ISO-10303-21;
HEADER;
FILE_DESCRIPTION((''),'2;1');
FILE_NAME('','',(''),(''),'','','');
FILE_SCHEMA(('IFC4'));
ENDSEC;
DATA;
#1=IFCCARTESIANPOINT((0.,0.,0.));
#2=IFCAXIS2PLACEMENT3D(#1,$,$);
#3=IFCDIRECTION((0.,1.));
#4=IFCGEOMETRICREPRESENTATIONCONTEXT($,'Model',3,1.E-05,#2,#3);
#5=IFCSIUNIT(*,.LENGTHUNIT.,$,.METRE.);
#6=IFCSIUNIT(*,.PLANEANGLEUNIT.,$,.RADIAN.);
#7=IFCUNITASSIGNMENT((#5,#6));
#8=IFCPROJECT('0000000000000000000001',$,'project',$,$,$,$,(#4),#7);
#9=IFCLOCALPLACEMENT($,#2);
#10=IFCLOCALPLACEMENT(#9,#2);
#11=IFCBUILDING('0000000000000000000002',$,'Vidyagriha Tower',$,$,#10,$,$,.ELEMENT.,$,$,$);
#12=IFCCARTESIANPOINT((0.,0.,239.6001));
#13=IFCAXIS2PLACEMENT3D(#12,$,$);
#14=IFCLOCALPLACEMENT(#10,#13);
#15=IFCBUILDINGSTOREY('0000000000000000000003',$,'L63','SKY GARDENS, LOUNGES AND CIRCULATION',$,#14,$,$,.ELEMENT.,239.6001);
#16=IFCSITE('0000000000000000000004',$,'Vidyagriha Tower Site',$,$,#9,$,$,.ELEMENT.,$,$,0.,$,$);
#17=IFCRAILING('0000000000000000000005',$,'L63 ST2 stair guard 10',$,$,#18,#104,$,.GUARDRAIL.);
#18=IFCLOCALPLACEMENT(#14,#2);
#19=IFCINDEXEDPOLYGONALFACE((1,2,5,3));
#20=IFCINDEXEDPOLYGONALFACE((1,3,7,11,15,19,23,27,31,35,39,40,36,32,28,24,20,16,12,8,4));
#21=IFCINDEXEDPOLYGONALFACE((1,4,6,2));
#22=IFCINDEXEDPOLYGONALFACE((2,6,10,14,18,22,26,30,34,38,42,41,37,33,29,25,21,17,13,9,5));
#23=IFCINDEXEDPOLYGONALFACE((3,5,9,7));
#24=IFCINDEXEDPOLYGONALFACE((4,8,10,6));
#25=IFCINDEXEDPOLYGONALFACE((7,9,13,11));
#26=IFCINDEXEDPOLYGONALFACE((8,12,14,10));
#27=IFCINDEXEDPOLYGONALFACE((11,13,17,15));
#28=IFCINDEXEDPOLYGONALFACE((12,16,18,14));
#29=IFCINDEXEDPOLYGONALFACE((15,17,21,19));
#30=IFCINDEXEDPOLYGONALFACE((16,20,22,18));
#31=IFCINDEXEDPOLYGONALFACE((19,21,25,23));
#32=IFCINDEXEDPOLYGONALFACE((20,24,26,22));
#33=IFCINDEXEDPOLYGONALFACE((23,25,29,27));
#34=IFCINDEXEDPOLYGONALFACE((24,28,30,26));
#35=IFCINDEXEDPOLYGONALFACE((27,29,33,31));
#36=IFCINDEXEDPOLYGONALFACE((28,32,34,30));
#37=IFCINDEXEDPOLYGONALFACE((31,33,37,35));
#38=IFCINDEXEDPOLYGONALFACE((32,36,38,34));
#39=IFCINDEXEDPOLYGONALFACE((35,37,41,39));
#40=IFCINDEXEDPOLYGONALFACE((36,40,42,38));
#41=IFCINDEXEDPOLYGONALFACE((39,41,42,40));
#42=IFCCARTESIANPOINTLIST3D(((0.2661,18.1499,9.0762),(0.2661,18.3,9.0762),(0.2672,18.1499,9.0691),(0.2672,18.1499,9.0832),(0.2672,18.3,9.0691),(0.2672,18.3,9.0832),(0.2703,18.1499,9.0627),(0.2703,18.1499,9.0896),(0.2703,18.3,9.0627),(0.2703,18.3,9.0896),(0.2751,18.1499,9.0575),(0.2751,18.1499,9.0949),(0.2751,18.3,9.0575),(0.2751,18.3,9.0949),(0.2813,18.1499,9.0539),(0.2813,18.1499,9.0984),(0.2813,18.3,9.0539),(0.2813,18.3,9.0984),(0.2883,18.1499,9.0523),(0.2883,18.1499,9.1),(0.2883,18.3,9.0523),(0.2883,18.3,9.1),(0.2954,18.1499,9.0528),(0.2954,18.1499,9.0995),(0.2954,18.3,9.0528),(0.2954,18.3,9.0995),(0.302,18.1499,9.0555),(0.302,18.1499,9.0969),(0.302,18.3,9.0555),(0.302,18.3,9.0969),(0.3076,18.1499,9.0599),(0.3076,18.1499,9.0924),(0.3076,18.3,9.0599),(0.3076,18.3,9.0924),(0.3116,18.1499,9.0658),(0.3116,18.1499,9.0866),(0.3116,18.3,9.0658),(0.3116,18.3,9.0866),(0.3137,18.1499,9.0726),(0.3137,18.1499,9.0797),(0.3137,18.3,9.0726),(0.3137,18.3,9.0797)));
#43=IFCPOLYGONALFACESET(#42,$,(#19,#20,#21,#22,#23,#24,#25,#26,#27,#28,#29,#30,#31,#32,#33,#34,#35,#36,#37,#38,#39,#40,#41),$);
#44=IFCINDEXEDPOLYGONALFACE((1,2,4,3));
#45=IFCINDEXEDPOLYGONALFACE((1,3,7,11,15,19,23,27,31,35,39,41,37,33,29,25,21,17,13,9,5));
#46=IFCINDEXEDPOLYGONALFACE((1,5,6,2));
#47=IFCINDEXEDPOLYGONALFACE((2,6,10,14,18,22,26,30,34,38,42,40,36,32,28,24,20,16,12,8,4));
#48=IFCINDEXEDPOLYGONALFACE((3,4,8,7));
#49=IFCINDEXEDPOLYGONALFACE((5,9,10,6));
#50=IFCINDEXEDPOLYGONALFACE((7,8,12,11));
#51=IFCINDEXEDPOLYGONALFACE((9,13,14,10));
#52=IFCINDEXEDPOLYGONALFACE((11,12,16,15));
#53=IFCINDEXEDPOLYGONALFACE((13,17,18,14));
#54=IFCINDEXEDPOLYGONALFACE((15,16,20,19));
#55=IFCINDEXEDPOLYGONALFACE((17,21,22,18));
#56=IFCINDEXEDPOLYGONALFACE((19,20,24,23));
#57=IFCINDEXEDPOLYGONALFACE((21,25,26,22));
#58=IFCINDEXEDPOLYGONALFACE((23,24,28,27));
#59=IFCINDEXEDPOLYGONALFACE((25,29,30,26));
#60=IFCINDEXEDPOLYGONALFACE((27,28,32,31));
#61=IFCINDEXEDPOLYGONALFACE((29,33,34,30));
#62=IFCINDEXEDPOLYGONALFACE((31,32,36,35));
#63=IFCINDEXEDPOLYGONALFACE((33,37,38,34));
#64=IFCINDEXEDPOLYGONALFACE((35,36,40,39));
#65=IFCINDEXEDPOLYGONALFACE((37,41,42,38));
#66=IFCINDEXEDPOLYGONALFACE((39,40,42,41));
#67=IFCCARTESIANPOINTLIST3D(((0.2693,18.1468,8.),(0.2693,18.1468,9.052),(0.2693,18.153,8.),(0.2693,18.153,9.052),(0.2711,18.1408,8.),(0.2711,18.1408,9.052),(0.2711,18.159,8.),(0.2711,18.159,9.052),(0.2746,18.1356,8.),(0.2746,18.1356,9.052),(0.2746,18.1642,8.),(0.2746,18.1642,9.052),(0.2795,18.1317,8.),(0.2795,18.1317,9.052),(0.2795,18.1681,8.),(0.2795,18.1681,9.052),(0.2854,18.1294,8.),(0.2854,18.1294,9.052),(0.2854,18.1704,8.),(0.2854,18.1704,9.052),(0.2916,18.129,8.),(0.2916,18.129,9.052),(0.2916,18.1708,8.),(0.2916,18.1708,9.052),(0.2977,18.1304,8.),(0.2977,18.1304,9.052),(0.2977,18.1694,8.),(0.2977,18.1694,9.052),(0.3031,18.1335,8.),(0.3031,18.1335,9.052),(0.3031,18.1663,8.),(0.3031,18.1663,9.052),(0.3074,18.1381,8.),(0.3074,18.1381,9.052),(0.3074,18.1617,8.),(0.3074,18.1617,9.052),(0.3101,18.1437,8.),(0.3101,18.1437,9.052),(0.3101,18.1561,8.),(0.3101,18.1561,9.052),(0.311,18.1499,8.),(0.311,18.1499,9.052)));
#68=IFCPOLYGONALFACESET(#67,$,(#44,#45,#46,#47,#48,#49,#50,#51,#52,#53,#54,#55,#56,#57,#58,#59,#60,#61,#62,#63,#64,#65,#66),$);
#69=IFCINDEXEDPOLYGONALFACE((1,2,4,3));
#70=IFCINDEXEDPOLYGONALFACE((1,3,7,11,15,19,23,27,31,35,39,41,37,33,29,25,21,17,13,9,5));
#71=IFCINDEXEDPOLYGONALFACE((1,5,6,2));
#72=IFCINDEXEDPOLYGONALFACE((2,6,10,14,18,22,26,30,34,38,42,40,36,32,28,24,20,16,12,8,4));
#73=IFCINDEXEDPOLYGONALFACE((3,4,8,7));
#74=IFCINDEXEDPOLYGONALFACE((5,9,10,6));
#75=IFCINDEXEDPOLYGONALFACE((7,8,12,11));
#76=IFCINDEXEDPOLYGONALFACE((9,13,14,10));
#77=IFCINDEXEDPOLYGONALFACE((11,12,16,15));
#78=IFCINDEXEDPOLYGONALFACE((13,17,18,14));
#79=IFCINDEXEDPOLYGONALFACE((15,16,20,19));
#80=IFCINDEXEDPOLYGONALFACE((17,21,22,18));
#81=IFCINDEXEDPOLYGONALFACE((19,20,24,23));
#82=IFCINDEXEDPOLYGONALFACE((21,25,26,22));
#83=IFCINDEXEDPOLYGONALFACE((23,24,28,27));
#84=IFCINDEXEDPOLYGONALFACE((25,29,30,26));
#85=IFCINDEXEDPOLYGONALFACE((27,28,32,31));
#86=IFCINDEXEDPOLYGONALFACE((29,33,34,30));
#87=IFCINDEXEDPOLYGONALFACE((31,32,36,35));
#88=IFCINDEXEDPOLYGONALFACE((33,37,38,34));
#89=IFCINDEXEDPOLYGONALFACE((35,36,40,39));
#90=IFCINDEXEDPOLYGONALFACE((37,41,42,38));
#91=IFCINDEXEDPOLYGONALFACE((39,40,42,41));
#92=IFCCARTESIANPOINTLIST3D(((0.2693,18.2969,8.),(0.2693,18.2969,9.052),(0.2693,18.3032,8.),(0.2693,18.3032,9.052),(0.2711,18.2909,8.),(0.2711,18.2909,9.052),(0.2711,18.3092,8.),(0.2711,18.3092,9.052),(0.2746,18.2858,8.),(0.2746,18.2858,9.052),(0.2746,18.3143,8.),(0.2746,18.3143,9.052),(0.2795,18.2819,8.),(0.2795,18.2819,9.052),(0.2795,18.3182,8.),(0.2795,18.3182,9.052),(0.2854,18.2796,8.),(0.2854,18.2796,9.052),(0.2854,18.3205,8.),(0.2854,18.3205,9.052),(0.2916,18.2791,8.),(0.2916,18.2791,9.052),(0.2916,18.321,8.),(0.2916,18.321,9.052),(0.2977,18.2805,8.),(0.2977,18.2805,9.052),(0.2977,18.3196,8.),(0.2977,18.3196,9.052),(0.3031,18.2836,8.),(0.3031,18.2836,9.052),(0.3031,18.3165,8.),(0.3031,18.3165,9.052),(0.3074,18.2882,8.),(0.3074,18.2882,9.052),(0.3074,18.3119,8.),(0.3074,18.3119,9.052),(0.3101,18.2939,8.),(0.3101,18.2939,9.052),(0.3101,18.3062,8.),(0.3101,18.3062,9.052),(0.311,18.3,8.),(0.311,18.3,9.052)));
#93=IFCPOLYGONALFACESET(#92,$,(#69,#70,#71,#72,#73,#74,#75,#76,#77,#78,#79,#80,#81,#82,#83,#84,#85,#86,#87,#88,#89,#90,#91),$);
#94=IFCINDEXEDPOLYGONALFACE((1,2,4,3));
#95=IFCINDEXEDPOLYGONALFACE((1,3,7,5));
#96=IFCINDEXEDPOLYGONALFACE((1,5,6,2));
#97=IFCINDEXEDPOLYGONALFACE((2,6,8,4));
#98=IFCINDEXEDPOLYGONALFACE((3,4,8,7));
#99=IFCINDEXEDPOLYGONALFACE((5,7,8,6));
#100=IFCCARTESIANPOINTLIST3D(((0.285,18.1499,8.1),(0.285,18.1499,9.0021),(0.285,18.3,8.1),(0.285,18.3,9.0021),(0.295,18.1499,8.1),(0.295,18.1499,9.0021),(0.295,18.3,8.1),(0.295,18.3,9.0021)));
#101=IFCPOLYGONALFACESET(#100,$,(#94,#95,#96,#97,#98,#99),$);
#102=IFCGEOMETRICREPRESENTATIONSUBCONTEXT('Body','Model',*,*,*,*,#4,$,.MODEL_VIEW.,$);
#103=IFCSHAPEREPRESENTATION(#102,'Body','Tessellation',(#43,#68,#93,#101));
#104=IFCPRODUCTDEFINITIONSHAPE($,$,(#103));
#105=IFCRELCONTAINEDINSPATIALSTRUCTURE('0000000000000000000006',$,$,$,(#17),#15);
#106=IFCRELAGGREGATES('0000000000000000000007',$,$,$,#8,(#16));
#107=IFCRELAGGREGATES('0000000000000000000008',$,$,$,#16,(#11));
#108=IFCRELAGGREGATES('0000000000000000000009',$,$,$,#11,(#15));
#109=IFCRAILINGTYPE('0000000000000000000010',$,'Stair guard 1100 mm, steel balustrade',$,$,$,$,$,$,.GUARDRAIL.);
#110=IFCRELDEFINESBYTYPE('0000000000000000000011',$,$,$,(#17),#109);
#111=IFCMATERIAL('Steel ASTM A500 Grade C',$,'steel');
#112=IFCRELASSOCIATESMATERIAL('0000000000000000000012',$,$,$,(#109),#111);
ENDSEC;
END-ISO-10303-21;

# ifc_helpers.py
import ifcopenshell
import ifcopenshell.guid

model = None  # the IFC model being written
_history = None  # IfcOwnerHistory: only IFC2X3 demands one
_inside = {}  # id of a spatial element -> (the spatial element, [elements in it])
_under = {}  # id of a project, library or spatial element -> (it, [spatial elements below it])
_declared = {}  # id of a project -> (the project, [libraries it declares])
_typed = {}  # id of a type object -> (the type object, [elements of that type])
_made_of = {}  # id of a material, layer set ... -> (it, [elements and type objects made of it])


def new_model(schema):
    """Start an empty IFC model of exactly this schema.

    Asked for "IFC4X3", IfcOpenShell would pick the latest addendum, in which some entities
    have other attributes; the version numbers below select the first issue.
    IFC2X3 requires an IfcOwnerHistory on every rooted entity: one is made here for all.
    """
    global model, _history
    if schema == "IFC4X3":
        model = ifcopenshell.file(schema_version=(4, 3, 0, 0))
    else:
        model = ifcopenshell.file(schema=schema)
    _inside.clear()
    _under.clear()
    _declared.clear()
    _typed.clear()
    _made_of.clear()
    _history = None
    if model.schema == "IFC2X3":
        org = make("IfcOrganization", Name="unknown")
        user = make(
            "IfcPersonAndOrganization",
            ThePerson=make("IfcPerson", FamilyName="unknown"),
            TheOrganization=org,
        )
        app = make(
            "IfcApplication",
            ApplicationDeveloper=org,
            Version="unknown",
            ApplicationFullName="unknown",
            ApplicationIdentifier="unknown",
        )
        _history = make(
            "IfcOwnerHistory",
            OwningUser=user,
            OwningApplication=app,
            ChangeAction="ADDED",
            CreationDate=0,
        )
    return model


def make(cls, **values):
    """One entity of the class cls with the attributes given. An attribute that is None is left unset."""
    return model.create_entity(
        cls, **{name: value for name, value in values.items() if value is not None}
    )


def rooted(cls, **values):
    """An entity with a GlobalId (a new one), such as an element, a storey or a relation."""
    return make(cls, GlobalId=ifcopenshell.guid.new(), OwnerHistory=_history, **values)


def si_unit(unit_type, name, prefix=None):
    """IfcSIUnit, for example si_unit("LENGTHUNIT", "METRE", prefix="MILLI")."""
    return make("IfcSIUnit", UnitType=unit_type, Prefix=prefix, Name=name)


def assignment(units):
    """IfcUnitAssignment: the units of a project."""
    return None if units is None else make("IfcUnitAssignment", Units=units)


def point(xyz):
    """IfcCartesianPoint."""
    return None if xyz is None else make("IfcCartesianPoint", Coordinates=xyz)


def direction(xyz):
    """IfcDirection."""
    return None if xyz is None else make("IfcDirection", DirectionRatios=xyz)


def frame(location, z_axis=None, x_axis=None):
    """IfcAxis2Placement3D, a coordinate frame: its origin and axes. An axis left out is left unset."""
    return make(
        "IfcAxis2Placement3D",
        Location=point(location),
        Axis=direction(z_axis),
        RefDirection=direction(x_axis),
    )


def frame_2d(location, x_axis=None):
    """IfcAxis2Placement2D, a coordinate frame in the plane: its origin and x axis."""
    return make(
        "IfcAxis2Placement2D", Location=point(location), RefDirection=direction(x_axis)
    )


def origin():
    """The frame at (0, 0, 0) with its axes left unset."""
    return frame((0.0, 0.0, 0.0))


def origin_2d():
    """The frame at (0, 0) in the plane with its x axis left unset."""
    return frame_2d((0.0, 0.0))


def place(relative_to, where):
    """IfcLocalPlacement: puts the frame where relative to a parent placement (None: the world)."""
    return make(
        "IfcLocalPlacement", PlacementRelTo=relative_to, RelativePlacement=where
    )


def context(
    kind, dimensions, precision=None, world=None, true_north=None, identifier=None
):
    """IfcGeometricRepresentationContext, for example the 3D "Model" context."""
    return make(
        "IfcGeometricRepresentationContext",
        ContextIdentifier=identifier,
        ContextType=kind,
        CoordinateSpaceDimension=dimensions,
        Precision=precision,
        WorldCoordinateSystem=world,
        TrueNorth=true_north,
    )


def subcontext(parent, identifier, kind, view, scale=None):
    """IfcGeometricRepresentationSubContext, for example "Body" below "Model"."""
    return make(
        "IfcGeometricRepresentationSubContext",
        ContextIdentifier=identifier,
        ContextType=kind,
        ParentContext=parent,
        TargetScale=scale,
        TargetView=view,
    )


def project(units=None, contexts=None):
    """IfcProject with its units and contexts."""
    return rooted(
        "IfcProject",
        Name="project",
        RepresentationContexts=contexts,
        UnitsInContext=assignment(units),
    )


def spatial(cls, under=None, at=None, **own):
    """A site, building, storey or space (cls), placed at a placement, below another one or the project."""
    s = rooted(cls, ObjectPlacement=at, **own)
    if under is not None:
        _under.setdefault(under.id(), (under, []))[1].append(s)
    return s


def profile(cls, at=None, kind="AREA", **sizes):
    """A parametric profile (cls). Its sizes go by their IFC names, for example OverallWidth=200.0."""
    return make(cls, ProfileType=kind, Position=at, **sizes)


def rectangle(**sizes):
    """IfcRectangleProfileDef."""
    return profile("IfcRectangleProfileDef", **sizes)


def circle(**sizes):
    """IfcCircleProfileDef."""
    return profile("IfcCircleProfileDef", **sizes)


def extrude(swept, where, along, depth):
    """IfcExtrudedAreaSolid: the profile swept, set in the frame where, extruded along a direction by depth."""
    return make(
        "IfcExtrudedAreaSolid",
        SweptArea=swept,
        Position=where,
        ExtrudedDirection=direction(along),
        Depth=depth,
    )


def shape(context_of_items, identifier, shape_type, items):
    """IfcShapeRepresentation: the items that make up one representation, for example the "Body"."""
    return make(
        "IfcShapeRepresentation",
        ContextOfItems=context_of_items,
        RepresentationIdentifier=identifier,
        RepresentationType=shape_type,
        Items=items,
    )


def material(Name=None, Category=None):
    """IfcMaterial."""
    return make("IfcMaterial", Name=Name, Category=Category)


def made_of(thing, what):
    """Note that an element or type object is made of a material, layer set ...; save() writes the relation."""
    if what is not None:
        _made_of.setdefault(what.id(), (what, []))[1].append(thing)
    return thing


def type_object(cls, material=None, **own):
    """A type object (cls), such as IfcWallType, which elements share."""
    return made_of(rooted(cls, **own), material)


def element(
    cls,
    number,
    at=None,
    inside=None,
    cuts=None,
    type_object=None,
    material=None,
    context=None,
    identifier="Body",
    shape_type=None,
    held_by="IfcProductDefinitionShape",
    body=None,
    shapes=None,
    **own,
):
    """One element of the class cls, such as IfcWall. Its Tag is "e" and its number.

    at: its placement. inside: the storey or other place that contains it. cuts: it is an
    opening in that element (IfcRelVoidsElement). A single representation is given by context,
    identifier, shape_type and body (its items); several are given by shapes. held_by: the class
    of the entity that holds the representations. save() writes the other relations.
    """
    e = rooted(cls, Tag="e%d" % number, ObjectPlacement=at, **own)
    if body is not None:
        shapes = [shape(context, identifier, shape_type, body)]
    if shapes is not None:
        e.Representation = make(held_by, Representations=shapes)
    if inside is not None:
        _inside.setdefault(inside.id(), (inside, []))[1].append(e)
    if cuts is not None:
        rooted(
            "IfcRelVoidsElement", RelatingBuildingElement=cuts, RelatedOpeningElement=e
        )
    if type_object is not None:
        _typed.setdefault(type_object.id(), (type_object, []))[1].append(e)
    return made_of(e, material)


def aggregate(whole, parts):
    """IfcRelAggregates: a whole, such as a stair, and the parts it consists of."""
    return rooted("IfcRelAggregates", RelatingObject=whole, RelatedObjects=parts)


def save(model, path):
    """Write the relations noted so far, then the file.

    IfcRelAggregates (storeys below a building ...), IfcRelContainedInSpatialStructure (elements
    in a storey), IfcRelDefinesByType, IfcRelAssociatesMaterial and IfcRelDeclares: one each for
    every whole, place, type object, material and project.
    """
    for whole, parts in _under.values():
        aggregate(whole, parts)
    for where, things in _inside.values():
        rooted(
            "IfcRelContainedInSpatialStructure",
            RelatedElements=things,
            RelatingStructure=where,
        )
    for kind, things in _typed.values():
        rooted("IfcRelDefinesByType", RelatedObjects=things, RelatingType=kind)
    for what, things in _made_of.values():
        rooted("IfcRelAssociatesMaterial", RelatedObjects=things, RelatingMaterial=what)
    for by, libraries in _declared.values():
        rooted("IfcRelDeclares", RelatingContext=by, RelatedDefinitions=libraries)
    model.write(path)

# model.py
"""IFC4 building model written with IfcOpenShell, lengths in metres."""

from ifc_helpers import new_model, si_unit, direction, frame, origin, origin_2d, place, context, subcontext, project, spatial, rectangle, circle, extrude, material, type_object, element, save


model = new_model("IFC4")

# Units and contexts
model_context = context("Model", 3, precision=1e-05, world=origin(), true_north=direction((0.0, 1.0)))
body_context = subcontext(model_context, "Body", "Model", "MODEL_VIEW")
ifc_project = project(units=[si_unit("LENGTHUNIT", "METRE"), si_unit("PLANEANGLEUNIT", "RADIAN")], contexts=[model_context])

# Site, building, storey
site_placement = place(None, origin())
site = spatial("IfcSite", under=ifc_project, at=site_placement, Name="Vidyagriha Tower Site", CompositionType="ELEMENT", RefElevation=0.0)
building_placement = place(site_placement, origin())
building = spatial("IfcBuilding", under=site, at=building_placement, Name="Vidyagriha Tower", CompositionType="ELEMENT")
storey_placement = place(building_placement, frame((0.0, 0.0, 239.6001)))
storey = spatial("IfcBuildingStorey", under=building, at=storey_placement, Name="L63", Description="SKY GARDENS, LOUNGES AND CIRCULATION", CompositionType="ELEMENT", Elevation=239.6001)

# Railing
ifc_material_1 = material(Name="Steel ASTM A500 Grade C", Category="steel")
railing_type_1 = type_object("IfcRailingType", Name="Stair guard 1100 mm, steel balustrade", PredefinedType="GUARDRAIL", material=ifc_material_1)
railing_1_placement = place(storey_placement, frame((0.29, 18.1499, 8.0)))
element("IfcRailing", 1, at=railing_1_placement, inside=storey, type_object=railing_type_1, Name="L63 ST2 stair guard 10", PredefinedType="GUARDRAIL", context=body_context, shape_type="SweptSolid", body=[
    extrude(circle(Radius=0.0239, at=origin_2d()), frame((0.0, 0.0, 1.0762), z_axis=(0.0, 1.0, 0.0), x_axis=(-1.0, 0.0, 0.0)), (0.0, 0.0, 1.0), 0.1501),
    extrude(circle(Radius=0.021, at=origin_2d()), origin(), (0.0, 0.0, 1.0), 1.052),
    extrude(circle(Radius=0.021, at=origin_2d()), frame((0.0, 0.1501, 0.0)), (0.0, 0.0, 1.0), 1.052),
    extrude(rectangle(XDim=0.01, YDim=0.9021, at=origin_2d()), frame((0.0, 0.0, 0.551), z_axis=(0.0, 1.0, 0.0), x_axis=(-1.0, 0.0, 0.0)), (0.0, 0.0, 1.0), 0.1501),
])

save(model, "model.ifc")
